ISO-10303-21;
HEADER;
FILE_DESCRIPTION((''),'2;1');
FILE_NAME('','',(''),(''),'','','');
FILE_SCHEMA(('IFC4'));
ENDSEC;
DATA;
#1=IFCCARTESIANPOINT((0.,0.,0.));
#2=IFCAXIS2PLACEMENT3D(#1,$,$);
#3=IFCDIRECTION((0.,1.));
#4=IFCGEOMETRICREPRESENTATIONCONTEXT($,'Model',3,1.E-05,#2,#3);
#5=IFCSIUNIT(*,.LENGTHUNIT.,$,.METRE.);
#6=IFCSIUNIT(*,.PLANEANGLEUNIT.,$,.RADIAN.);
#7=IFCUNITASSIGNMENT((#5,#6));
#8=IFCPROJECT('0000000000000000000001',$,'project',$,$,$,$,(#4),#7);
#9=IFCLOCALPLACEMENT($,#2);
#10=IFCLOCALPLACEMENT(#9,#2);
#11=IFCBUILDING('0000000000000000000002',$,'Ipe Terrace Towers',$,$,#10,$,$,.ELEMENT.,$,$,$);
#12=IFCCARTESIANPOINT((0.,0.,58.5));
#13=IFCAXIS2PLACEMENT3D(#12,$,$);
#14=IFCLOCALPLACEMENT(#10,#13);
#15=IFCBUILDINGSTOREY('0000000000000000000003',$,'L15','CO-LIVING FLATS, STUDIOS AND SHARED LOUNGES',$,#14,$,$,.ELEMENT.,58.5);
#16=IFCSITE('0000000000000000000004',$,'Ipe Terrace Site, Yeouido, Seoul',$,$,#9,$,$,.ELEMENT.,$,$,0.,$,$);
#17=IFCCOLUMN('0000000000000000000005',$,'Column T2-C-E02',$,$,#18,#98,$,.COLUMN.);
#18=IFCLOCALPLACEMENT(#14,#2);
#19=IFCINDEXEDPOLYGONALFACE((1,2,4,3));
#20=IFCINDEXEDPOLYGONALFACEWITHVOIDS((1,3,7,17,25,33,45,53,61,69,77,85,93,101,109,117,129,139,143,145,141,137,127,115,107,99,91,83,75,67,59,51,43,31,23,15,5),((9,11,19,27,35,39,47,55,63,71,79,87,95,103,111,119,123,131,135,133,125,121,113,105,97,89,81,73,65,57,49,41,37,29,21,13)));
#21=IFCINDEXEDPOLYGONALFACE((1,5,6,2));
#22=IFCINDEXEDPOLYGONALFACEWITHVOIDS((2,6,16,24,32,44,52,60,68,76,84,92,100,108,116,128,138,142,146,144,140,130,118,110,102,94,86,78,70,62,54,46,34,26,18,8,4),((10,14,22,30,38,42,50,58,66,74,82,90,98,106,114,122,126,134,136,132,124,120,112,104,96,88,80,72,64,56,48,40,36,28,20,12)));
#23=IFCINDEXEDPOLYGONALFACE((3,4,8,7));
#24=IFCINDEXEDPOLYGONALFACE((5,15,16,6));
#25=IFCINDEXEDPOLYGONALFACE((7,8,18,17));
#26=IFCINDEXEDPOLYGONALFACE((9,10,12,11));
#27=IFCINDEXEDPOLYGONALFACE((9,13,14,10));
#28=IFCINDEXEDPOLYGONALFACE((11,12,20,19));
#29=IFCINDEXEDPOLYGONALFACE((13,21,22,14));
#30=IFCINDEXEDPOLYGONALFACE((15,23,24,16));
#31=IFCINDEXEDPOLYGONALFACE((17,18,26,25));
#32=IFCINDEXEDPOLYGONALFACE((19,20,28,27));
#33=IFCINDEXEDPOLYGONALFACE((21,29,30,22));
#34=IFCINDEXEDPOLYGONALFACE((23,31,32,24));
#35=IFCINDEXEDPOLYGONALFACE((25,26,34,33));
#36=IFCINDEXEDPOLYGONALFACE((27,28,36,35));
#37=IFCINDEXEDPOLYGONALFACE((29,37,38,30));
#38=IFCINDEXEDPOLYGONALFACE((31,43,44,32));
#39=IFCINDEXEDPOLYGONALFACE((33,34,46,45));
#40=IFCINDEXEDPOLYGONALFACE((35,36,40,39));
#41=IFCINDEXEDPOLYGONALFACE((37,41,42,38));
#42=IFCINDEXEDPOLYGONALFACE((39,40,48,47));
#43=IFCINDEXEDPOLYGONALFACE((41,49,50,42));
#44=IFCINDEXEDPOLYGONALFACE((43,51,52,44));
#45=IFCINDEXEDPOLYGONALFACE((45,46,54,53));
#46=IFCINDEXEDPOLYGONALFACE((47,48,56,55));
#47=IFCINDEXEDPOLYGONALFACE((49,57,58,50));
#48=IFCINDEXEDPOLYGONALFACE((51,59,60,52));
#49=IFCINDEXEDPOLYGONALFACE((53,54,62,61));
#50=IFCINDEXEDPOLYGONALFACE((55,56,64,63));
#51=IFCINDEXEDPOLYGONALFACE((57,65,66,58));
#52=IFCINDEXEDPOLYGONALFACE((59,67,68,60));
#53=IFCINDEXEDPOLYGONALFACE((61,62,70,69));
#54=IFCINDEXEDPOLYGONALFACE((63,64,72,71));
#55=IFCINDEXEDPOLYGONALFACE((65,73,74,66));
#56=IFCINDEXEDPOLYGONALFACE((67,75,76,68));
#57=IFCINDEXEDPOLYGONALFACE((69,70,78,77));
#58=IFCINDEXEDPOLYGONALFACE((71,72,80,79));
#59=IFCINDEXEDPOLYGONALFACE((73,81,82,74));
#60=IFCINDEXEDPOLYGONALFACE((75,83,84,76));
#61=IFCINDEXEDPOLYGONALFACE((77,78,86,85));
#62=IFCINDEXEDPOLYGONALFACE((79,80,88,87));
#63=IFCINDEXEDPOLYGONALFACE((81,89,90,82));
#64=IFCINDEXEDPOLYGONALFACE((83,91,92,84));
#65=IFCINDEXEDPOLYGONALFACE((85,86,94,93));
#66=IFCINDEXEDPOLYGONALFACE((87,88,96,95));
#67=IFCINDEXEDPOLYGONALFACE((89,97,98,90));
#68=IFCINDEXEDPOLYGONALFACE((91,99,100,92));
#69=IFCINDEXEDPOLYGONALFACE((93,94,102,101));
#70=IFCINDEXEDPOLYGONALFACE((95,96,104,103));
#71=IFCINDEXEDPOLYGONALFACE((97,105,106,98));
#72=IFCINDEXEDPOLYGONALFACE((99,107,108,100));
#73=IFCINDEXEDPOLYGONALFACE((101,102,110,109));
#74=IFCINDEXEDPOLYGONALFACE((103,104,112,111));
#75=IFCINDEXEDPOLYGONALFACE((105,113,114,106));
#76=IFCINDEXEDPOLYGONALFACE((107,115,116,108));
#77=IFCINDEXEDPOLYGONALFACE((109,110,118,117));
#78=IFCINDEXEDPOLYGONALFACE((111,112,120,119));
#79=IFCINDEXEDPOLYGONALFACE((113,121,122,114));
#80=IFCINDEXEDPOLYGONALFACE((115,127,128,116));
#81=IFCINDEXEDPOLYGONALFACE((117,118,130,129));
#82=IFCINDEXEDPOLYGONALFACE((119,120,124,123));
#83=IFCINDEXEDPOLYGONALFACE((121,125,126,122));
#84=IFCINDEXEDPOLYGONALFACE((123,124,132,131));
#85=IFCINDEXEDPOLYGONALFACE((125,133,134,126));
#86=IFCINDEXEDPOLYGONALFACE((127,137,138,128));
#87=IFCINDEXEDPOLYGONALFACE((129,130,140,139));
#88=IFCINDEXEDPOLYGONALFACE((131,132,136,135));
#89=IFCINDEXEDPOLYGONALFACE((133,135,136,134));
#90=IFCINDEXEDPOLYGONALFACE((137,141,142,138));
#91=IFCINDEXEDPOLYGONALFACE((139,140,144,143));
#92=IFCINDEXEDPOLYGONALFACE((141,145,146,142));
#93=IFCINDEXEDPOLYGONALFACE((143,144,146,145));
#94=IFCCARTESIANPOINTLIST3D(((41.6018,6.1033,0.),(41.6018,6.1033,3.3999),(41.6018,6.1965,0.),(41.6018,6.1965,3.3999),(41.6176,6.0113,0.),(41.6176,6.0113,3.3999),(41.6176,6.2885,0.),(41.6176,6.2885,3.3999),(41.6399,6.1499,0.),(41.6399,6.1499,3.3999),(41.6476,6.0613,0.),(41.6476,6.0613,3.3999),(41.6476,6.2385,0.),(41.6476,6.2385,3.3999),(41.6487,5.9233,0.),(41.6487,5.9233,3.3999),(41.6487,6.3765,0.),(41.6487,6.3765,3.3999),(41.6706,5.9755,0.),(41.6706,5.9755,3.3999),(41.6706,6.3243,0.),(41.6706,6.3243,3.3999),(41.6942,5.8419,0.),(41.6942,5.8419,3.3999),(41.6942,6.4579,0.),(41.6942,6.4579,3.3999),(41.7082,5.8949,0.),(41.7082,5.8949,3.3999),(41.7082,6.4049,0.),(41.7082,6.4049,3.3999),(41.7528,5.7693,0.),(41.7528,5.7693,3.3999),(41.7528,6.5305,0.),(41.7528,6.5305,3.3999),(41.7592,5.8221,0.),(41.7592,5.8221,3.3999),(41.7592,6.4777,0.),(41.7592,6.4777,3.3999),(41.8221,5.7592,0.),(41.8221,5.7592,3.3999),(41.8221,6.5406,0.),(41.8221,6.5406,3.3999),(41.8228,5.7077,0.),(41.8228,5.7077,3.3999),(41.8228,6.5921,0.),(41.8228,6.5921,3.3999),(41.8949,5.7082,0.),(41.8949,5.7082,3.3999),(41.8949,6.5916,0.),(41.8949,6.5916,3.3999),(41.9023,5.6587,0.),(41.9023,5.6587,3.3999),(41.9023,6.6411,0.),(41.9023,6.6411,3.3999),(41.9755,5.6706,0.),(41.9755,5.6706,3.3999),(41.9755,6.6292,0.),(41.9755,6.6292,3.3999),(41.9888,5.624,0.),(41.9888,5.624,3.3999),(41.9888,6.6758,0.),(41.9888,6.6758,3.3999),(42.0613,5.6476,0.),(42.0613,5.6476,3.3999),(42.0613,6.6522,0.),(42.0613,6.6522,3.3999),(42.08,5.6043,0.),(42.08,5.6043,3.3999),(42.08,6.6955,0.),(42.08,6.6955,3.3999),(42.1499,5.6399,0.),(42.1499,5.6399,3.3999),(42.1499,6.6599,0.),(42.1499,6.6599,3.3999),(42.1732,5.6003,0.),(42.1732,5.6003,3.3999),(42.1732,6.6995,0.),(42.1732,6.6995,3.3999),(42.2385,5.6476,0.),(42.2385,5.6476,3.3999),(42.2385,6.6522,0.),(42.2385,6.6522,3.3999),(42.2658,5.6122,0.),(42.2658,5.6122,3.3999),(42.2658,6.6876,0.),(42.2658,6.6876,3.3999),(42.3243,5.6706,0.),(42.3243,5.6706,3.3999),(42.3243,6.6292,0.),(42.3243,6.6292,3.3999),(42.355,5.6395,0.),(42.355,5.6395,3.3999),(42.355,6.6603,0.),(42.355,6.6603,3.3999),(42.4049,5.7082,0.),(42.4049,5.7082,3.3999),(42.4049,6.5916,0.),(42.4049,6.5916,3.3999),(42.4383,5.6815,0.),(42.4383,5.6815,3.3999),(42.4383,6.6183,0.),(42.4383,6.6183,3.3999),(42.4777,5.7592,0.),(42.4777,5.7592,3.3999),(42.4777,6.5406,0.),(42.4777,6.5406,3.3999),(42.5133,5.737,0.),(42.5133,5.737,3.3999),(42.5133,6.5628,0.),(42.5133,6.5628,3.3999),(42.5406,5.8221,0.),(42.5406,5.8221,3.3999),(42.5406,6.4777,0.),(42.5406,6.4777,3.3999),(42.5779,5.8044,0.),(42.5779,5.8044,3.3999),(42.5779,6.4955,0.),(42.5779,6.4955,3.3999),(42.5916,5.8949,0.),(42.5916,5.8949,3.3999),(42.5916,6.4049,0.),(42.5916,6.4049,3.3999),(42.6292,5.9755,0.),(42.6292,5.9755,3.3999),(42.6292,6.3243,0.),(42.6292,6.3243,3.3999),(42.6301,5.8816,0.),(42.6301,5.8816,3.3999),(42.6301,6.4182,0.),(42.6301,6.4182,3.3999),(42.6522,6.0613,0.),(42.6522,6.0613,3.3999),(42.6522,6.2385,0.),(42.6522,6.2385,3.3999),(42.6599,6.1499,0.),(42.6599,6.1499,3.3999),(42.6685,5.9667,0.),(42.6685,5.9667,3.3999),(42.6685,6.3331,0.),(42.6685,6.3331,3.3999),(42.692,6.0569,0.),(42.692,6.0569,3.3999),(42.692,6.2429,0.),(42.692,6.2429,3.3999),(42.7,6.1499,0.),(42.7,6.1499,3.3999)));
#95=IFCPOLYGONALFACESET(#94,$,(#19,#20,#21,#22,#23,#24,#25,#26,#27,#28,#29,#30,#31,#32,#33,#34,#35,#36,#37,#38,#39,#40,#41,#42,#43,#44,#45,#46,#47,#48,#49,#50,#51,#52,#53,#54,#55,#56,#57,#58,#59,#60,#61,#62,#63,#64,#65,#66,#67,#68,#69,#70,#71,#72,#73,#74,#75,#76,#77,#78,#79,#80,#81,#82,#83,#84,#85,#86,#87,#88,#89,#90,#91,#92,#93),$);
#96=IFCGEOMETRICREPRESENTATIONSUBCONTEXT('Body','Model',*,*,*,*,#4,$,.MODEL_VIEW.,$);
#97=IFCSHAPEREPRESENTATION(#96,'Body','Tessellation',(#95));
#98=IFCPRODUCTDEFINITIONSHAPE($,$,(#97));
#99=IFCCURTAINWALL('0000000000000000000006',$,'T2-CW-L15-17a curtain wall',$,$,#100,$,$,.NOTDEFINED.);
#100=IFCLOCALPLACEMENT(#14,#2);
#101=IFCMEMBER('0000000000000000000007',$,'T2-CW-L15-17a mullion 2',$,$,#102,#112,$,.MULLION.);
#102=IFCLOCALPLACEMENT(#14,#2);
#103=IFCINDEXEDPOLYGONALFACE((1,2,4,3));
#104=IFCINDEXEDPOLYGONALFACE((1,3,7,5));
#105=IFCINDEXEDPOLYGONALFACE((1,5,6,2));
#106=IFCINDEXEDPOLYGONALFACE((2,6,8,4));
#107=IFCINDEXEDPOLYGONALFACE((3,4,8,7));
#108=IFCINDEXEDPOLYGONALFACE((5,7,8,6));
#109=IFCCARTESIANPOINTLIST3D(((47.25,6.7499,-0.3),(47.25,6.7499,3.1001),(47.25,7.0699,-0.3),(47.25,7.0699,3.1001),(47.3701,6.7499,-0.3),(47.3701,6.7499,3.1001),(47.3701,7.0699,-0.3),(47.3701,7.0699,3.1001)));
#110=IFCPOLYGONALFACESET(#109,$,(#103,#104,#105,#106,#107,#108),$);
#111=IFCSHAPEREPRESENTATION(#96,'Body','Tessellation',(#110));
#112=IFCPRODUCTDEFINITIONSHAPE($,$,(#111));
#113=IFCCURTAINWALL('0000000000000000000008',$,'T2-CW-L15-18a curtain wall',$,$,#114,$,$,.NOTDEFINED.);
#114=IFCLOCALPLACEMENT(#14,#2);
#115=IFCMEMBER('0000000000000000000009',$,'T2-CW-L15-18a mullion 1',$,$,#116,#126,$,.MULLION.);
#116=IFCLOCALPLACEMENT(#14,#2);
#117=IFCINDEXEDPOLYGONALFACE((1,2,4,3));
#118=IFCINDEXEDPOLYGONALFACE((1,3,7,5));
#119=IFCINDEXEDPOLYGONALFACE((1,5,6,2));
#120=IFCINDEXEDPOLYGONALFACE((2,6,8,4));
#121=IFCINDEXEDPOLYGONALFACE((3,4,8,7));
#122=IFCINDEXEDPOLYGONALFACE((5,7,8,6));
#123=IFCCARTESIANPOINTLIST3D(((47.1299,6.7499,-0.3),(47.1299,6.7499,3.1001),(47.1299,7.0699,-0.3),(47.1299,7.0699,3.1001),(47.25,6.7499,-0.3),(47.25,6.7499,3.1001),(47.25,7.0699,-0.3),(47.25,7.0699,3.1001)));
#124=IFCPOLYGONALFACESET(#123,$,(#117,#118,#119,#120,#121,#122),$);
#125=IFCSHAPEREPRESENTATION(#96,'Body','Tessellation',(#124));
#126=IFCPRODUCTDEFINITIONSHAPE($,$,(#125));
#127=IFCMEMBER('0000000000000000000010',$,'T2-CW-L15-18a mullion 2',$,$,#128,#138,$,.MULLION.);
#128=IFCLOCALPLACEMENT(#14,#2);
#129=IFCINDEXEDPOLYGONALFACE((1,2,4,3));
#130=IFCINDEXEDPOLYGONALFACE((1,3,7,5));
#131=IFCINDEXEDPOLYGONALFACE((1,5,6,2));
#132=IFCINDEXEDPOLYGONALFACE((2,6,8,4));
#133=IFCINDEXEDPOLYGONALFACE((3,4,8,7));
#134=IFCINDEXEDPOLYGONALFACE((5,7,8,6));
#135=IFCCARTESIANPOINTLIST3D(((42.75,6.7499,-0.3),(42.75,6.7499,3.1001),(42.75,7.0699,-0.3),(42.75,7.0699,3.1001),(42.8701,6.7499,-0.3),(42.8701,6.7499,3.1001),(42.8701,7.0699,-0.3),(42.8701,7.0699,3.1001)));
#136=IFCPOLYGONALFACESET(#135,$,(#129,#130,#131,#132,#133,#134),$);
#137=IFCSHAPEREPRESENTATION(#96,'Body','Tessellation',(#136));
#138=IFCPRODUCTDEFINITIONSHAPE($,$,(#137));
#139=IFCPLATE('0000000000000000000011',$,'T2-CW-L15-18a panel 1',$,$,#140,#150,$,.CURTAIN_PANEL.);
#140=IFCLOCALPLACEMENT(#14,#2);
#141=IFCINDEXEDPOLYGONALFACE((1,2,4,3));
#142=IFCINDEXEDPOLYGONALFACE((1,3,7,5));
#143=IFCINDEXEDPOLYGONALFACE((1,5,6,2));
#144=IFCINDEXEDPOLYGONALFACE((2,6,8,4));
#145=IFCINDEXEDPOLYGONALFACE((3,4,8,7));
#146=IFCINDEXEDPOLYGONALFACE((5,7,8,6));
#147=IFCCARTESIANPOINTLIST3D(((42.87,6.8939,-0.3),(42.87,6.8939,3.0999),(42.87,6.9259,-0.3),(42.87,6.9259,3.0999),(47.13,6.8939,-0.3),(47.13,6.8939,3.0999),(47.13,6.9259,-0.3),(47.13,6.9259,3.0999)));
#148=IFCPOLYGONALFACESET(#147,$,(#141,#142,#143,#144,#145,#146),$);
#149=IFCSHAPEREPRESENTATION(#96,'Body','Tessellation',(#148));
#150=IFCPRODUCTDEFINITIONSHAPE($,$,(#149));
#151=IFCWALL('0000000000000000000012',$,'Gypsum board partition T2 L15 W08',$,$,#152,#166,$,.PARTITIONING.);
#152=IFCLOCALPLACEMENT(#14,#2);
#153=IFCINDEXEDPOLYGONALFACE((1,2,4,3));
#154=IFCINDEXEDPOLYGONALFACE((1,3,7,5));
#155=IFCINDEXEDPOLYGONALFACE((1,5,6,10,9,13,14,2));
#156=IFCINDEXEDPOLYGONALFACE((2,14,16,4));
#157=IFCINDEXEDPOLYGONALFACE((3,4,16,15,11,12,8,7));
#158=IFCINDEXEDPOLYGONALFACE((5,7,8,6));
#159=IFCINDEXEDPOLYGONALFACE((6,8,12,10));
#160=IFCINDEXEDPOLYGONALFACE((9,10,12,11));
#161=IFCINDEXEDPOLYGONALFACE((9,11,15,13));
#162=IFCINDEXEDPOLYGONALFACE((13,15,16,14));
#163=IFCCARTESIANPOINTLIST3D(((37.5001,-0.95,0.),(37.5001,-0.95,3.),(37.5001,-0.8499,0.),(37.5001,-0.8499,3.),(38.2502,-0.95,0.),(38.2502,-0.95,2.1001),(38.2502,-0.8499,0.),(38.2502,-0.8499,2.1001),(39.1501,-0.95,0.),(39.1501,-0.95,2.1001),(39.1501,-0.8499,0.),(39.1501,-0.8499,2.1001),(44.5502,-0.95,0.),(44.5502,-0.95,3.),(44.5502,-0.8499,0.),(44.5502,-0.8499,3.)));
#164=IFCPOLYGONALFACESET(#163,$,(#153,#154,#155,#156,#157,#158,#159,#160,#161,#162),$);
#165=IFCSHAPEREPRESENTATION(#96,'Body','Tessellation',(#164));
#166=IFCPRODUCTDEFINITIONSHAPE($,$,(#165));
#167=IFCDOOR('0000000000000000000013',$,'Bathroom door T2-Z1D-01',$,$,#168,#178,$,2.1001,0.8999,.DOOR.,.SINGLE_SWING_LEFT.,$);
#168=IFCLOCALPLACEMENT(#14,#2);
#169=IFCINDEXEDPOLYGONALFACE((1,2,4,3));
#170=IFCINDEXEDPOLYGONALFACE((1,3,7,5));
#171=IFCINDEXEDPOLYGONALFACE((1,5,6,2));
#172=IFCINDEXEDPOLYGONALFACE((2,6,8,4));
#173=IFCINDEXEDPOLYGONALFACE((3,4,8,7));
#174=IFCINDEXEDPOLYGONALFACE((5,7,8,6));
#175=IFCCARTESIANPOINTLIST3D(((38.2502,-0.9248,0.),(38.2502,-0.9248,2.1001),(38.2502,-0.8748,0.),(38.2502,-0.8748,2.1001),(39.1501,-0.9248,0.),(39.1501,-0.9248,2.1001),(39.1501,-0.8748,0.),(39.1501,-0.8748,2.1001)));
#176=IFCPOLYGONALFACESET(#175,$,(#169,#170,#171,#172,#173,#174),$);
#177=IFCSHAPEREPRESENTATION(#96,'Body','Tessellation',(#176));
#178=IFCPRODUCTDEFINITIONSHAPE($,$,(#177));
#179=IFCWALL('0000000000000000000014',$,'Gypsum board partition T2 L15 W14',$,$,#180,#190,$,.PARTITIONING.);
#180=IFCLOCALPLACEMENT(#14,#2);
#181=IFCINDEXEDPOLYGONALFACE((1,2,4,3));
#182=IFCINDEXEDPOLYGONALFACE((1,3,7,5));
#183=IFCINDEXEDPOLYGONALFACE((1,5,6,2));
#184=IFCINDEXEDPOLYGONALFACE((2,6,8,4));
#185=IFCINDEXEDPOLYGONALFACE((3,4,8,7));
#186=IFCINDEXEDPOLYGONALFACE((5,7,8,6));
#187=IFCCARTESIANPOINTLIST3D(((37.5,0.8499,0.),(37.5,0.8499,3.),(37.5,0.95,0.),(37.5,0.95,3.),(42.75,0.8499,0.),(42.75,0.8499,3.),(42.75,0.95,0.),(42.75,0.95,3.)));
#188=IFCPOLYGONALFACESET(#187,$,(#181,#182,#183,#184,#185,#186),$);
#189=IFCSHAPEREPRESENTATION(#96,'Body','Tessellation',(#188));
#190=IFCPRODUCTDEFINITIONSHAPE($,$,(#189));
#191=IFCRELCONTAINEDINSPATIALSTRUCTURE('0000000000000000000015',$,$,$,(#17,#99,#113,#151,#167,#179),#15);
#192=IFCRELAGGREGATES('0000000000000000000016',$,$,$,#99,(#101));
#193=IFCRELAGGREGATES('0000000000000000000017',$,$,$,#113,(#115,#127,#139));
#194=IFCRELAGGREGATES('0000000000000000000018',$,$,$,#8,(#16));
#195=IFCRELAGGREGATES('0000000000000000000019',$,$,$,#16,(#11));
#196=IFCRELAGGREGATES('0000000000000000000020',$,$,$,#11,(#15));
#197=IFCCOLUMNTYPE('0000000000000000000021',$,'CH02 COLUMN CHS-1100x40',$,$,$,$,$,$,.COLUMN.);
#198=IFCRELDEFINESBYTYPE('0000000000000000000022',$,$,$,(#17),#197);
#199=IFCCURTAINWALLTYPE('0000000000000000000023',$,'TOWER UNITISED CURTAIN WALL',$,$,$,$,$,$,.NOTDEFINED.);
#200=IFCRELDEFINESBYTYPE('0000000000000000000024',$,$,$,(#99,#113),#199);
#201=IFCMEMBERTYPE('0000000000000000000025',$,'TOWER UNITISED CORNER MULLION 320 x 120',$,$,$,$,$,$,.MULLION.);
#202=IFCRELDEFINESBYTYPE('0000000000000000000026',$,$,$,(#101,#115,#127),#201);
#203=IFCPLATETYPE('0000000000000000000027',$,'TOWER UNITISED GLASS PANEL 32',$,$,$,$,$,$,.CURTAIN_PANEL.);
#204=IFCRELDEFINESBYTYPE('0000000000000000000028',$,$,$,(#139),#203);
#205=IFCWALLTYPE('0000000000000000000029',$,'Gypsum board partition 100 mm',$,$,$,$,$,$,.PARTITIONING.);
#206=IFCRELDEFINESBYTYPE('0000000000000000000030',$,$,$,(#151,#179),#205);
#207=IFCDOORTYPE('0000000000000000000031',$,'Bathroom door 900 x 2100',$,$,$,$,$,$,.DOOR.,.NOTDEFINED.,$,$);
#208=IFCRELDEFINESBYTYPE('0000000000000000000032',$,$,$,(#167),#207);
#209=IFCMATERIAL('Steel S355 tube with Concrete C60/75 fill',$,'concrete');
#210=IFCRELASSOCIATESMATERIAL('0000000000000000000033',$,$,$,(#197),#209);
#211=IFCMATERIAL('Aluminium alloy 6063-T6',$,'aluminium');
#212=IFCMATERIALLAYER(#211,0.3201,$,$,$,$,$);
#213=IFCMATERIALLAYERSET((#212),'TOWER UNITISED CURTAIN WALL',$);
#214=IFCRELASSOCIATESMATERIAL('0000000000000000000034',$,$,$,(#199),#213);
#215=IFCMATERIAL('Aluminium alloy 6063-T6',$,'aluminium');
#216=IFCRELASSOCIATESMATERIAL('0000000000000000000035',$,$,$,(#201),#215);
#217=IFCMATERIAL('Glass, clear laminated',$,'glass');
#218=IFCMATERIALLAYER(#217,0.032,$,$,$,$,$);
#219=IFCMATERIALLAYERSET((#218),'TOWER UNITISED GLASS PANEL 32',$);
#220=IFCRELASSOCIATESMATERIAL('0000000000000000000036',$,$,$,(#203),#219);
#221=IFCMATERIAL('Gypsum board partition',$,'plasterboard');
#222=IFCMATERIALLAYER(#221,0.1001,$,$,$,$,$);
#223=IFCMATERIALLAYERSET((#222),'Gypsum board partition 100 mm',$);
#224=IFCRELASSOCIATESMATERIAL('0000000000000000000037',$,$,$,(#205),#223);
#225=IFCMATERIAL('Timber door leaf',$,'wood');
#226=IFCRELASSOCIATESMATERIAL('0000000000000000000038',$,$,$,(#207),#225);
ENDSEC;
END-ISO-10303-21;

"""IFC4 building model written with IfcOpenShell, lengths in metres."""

from ifc_helpers import new_model, si_unit, direction, frame, frame_2d, origin, origin_2d, place, context, subcontext, project, spatial, rectangle, hollow_circle, extrude, material, layer, layer_set, material_profile, profile_set, type_object, element, fill, aggregate, save


model = new_model("IFC4")

# Units and contexts
model_context = context("Model", 3, precision=1e-05, world=origin(), true_north=direction((0.0, 1.0)))
body_context = subcontext(model_context, "Body", "Model", "MODEL_VIEW")
ifc_project = project(units=[si_unit("LENGTHUNIT", "METRE"), si_unit("PLANEANGLEUNIT", "RADIAN")], contexts=[model_context])

# Site, building, storey
site_placement = place(None, origin())
site = spatial("IfcSite", under=ifc_project, at=site_placement, Name="Ipe Terrace Site, Yeouido, Seoul", CompositionType="ELEMENT", RefElevation=0.0)
building_placement = place(site_placement, origin())
building = spatial("IfcBuilding", under=site, at=building_placement, Name="Ipe Terrace Towers", CompositionType="ELEMENT")
storey_placement = place(building_placement, frame((0.0, 0.0, 58.5)))
storey = spatial("IfcBuildingStorey", under=building, at=storey_placement, Name="L15", Description="CO-LIVING FLATS, STUDIOS AND SHARED LOUNGES", CompositionType="ELEMENT", Elevation=58.5)

# Column
ifc_material_1 = material(Name="Steel S355 tube with Concrete C60/75 fill", Category="concrete")
ifc_material_profile_1 = material_profile(ifc_material_1, hollow_circle(Radius=0.55, WallThickness=0.04, at=origin_2d()), Name="CHS-1100x40")
ifc_profile_set_1 = profile_set([ifc_material_profile_1], Name="Steel S355 tube with Concrete C60/75 fill")
column_type = type_object("IfcColumnType", Name="CH02 COLUMN CHS-1100x40", PredefinedType="COLUMN", material=ifc_profile_set_1)
column_placement = place(storey_placement, frame((42.1499, 6.1499, 0.0), z_axis=(0.0, 0.0, 1.0), x_axis=(1.0, 0.0, 0.0)))
element("IfcColumn", 1, at=column_placement, inside=storey, type_object=column_type, Name="Column T2-C-E02", PredefinedType="COLUMN", context=body_context, shape_type="SweptSolid", body=[
    extrude(hollow_circle(Radius=0.55, WallThickness=0.04, at=origin_2d()), origin(), (0.0, 0.0, 1.0), 3.3999),
])

# Curtain wall, member
ifc_material_2 = material(Name="Aluminium alloy 6063-T6", Category="aluminium")
ifc_layer_1 = layer(ifc_material_2, 0.3201)
ifc_layer_set_1 = layer_set([ifc_layer_1], Name="TOWER UNITISED CURTAIN WALL")
curtain_wall_type = type_object("IfcCurtainWallType", Name="TOWER UNITISED CURTAIN WALL", PredefinedType="NOTDEFINED", material=ifc_layer_set_1)
curtain_wall_1_placement = place(storey_placement, origin())
curtain_wall_1 = element("IfcCurtainWall", 2, at=curtain_wall_1_placement, inside=storey, type_object=curtain_wall_type, Name="T2-CW-L15-17a curtain wall", PredefinedType="NOTDEFINED")
ifc_material_3 = material(Name="Aluminium alloy 6063-T6", Category="aluminium")
ifc_material_profile_2 = material_profile(ifc_material_3, rectangle(XDim=0.3201, YDim=0.1201, at=origin_2d()), Name="TOWER UNITISED CORNER MULLION 320 x 120")
ifc_profile_set_2 = profile_set([ifc_material_profile_2], Name="Aluminium alloy 6063-T6")
member_type = type_object("IfcMemberType", Name="TOWER UNITISED CORNER MULLION 320 x 120", PredefinedType="MULLION", material=ifc_profile_set_2)
member_1_placement = place(storey_placement, frame((47.3101, 6.9099, -0.3), z_axis=(0.0, 0.0, 1.0), x_axis=(0.0, 1.0, 0.0)))
member_1 = element("IfcMember", 3, at=member_1_placement, type_object=member_type, Name="T2-CW-L15-17a mullion 2", PredefinedType="MULLION", context=body_context, shape_type="SweptSolid", body=[
    extrude(rectangle(XDim=0.3201, YDim=0.1201, at=origin_2d()), origin(), (0.0, 0.0, 1.0), 3.4001),
])
aggregate(curtain_wall_1, [member_1])

# Curtain wall, members, plate
curtain_wall_2_placement = place(storey_placement, origin())
curtain_wall_2 = element("IfcCurtainWall", 4, at=curtain_wall_2_placement, inside=storey, type_object=curtain_wall_type, Name="T2-CW-L15-18a curtain wall", PredefinedType="NOTDEFINED")
member_2_placement = place(storey_placement, frame((47.1899, 6.9099, -0.3), z_axis=(0.0, 0.0, 1.0), x_axis=(0.0, 1.0, 0.0)))
member_2 = element("IfcMember", 5, at=member_2_placement, type_object=member_type, Name="T2-CW-L15-18a mullion 1", PredefinedType="MULLION", context=body_context, shape_type="SweptSolid", body=[
    extrude(rectangle(XDim=0.3201, YDim=0.1201, at=origin_2d()), origin(), (0.0, 0.0, 1.0), 3.4001),
])
member_3_placement = place(storey_placement, frame((42.8101, 6.9099, -0.3), z_axis=(0.0, 0.0, 1.0), x_axis=(0.0, 1.0, 0.0)))
member_3 = element("IfcMember", 6, at=member_3_placement, type_object=member_type, Name="T2-CW-L15-18a mullion 2", PredefinedType="MULLION", context=body_context, shape_type="SweptSolid", body=[
    extrude(rectangle(XDim=0.3201, YDim=0.1201, at=origin_2d()), origin(), (0.0, 0.0, 1.0), 3.4001),
])
ifc_material_4 = material(Name="Glass, clear laminated", Category="glass")
ifc_layer_2 = layer(ifc_material_4, 0.032)
ifc_layer_set_2 = layer_set([ifc_layer_2], Name="TOWER UNITISED GLASS PANEL 32")
plate_type = type_object("IfcPlateType", Name="TOWER UNITISED GLASS PANEL 32", PredefinedType="CURTAIN_PANEL", material=ifc_layer_set_2)
plate_placement = place(storey_placement, frame((45.0, 6.9099, -0.3), z_axis=(0.0, 0.0, 1.0), x_axis=(-1.0, 0.0, 0.0)))
plate = element("IfcPlate", 7, at=plate_placement, type_object=plate_type, Name="T2-CW-L15-18a panel 1", PredefinedType="CURTAIN_PANEL", context=body_context, shape_type="SweptSolid", body=[
    extrude(rectangle(XDim=4.26, YDim=0.032, at=origin_2d()), origin(), (0.0, 0.0, 1.0), 3.3999),
])
aggregate(curtain_wall_2, [member_2, member_3, plate])

# Wall, opening, door
ifc_material_5 = material(Name="Gypsum board partition", Category="plasterboard")
ifc_layer_3 = layer(ifc_material_5, 0.1001)
ifc_layer_set_3 = layer_set([ifc_layer_3], Name="Gypsum board partition 100 mm")
wall_type = type_object("IfcWallType", Name="Gypsum board partition 100 mm", PredefinedType="PARTITIONING", material=ifc_layer_set_3)
wall_1_placement = place(storey_placement, frame((44.55, -0.8999, 0.0), z_axis=(0.0, 0.0, 1.0), x_axis=(-1.0, 0.0, 0.0)))
wall_1 = element("IfcWall", 8, at=wall_1_placement, inside=storey, type_object=wall_type, Name="Gypsum board partition T2 L15 W08", PredefinedType="PARTITIONING", context=body_context, shape_type="SweptSolid", body=[
    extrude(rectangle(XDim=7.05, YDim=0.1001, at=frame_2d((3.5249, 0.0))), origin(), (0.0, 0.0, 1.0), 3.0),
])
opening_1_placement = place(wall_1_placement, frame((5.3999, 0.0, 0.0)))
opening_1 = element("IfcOpeningElement", 9, at=opening_1_placement, cuts=wall_1, PredefinedType="OPENING", context=body_context, shape_type="SweptSolid", body=[
    extrude(rectangle(XDim=0.8999, YDim=2.1001, at=frame_2d((0.45, 1.05))), frame((0.0, 0.0601, 0.0), z_axis=(0.0, -1.0, 0.0), x_axis=(1.0, 0.0, 0.0)), (0.0, 0.0, 1.0), 0.1201),
])
ifc_material_6 = material(Name="Timber door leaf", Category="wood")
door_type_1 = type_object("IfcDoorType", Name="Bathroom door 900 x 2100", OperationType="NOTDEFINED", PredefinedType="DOOR", material=ifc_material_6)
door_1_placement = place(opening_1_placement, origin())
door_1 = element("IfcDoor", 10, at=door_1_placement, inside=storey, type_object=door_type_1, Name="Bathroom door T2-Z1D-01", OperationType="SINGLE_SWING_LEFT", OverallHeight=2.1001, OverallWidth=0.8999, PredefinedType="DOOR", context=body_context, shape_type="SweptSolid", body=[
    extrude(rectangle(XDim=0.8999, YDim=2.1001, at=frame_2d((0.45, 1.05))), frame((0.0, 0.0249, 0.0), z_axis=(0.0, -1.0, 0.0), x_axis=(1.0, 0.0, 0.0)), (0.0, 0.0, 1.0), 0.05),
])
fill(opening_1, door_1)

# Wall
wall_2_placement = place(storey_placement, frame((42.75, 0.8999, 0.0), z_axis=(0.0, 0.0, 1.0), x_axis=(-1.0, 0.0, 0.0)))
element("IfcWall", 11, at=wall_2_placement, inside=storey, type_object=wall_type, Name="Gypsum board partition T2 L15 W14", PredefinedType="PARTITIONING", context=body_context, shape_type="SweptSolid", body=[
    extrude(rectangle(XDim=5.25, YDim=0.1001, at=frame_2d((2.625, 0.0))), origin(), (0.0, 0.0, 1.0), 3.0),
])

save(model, "model.ifc")
